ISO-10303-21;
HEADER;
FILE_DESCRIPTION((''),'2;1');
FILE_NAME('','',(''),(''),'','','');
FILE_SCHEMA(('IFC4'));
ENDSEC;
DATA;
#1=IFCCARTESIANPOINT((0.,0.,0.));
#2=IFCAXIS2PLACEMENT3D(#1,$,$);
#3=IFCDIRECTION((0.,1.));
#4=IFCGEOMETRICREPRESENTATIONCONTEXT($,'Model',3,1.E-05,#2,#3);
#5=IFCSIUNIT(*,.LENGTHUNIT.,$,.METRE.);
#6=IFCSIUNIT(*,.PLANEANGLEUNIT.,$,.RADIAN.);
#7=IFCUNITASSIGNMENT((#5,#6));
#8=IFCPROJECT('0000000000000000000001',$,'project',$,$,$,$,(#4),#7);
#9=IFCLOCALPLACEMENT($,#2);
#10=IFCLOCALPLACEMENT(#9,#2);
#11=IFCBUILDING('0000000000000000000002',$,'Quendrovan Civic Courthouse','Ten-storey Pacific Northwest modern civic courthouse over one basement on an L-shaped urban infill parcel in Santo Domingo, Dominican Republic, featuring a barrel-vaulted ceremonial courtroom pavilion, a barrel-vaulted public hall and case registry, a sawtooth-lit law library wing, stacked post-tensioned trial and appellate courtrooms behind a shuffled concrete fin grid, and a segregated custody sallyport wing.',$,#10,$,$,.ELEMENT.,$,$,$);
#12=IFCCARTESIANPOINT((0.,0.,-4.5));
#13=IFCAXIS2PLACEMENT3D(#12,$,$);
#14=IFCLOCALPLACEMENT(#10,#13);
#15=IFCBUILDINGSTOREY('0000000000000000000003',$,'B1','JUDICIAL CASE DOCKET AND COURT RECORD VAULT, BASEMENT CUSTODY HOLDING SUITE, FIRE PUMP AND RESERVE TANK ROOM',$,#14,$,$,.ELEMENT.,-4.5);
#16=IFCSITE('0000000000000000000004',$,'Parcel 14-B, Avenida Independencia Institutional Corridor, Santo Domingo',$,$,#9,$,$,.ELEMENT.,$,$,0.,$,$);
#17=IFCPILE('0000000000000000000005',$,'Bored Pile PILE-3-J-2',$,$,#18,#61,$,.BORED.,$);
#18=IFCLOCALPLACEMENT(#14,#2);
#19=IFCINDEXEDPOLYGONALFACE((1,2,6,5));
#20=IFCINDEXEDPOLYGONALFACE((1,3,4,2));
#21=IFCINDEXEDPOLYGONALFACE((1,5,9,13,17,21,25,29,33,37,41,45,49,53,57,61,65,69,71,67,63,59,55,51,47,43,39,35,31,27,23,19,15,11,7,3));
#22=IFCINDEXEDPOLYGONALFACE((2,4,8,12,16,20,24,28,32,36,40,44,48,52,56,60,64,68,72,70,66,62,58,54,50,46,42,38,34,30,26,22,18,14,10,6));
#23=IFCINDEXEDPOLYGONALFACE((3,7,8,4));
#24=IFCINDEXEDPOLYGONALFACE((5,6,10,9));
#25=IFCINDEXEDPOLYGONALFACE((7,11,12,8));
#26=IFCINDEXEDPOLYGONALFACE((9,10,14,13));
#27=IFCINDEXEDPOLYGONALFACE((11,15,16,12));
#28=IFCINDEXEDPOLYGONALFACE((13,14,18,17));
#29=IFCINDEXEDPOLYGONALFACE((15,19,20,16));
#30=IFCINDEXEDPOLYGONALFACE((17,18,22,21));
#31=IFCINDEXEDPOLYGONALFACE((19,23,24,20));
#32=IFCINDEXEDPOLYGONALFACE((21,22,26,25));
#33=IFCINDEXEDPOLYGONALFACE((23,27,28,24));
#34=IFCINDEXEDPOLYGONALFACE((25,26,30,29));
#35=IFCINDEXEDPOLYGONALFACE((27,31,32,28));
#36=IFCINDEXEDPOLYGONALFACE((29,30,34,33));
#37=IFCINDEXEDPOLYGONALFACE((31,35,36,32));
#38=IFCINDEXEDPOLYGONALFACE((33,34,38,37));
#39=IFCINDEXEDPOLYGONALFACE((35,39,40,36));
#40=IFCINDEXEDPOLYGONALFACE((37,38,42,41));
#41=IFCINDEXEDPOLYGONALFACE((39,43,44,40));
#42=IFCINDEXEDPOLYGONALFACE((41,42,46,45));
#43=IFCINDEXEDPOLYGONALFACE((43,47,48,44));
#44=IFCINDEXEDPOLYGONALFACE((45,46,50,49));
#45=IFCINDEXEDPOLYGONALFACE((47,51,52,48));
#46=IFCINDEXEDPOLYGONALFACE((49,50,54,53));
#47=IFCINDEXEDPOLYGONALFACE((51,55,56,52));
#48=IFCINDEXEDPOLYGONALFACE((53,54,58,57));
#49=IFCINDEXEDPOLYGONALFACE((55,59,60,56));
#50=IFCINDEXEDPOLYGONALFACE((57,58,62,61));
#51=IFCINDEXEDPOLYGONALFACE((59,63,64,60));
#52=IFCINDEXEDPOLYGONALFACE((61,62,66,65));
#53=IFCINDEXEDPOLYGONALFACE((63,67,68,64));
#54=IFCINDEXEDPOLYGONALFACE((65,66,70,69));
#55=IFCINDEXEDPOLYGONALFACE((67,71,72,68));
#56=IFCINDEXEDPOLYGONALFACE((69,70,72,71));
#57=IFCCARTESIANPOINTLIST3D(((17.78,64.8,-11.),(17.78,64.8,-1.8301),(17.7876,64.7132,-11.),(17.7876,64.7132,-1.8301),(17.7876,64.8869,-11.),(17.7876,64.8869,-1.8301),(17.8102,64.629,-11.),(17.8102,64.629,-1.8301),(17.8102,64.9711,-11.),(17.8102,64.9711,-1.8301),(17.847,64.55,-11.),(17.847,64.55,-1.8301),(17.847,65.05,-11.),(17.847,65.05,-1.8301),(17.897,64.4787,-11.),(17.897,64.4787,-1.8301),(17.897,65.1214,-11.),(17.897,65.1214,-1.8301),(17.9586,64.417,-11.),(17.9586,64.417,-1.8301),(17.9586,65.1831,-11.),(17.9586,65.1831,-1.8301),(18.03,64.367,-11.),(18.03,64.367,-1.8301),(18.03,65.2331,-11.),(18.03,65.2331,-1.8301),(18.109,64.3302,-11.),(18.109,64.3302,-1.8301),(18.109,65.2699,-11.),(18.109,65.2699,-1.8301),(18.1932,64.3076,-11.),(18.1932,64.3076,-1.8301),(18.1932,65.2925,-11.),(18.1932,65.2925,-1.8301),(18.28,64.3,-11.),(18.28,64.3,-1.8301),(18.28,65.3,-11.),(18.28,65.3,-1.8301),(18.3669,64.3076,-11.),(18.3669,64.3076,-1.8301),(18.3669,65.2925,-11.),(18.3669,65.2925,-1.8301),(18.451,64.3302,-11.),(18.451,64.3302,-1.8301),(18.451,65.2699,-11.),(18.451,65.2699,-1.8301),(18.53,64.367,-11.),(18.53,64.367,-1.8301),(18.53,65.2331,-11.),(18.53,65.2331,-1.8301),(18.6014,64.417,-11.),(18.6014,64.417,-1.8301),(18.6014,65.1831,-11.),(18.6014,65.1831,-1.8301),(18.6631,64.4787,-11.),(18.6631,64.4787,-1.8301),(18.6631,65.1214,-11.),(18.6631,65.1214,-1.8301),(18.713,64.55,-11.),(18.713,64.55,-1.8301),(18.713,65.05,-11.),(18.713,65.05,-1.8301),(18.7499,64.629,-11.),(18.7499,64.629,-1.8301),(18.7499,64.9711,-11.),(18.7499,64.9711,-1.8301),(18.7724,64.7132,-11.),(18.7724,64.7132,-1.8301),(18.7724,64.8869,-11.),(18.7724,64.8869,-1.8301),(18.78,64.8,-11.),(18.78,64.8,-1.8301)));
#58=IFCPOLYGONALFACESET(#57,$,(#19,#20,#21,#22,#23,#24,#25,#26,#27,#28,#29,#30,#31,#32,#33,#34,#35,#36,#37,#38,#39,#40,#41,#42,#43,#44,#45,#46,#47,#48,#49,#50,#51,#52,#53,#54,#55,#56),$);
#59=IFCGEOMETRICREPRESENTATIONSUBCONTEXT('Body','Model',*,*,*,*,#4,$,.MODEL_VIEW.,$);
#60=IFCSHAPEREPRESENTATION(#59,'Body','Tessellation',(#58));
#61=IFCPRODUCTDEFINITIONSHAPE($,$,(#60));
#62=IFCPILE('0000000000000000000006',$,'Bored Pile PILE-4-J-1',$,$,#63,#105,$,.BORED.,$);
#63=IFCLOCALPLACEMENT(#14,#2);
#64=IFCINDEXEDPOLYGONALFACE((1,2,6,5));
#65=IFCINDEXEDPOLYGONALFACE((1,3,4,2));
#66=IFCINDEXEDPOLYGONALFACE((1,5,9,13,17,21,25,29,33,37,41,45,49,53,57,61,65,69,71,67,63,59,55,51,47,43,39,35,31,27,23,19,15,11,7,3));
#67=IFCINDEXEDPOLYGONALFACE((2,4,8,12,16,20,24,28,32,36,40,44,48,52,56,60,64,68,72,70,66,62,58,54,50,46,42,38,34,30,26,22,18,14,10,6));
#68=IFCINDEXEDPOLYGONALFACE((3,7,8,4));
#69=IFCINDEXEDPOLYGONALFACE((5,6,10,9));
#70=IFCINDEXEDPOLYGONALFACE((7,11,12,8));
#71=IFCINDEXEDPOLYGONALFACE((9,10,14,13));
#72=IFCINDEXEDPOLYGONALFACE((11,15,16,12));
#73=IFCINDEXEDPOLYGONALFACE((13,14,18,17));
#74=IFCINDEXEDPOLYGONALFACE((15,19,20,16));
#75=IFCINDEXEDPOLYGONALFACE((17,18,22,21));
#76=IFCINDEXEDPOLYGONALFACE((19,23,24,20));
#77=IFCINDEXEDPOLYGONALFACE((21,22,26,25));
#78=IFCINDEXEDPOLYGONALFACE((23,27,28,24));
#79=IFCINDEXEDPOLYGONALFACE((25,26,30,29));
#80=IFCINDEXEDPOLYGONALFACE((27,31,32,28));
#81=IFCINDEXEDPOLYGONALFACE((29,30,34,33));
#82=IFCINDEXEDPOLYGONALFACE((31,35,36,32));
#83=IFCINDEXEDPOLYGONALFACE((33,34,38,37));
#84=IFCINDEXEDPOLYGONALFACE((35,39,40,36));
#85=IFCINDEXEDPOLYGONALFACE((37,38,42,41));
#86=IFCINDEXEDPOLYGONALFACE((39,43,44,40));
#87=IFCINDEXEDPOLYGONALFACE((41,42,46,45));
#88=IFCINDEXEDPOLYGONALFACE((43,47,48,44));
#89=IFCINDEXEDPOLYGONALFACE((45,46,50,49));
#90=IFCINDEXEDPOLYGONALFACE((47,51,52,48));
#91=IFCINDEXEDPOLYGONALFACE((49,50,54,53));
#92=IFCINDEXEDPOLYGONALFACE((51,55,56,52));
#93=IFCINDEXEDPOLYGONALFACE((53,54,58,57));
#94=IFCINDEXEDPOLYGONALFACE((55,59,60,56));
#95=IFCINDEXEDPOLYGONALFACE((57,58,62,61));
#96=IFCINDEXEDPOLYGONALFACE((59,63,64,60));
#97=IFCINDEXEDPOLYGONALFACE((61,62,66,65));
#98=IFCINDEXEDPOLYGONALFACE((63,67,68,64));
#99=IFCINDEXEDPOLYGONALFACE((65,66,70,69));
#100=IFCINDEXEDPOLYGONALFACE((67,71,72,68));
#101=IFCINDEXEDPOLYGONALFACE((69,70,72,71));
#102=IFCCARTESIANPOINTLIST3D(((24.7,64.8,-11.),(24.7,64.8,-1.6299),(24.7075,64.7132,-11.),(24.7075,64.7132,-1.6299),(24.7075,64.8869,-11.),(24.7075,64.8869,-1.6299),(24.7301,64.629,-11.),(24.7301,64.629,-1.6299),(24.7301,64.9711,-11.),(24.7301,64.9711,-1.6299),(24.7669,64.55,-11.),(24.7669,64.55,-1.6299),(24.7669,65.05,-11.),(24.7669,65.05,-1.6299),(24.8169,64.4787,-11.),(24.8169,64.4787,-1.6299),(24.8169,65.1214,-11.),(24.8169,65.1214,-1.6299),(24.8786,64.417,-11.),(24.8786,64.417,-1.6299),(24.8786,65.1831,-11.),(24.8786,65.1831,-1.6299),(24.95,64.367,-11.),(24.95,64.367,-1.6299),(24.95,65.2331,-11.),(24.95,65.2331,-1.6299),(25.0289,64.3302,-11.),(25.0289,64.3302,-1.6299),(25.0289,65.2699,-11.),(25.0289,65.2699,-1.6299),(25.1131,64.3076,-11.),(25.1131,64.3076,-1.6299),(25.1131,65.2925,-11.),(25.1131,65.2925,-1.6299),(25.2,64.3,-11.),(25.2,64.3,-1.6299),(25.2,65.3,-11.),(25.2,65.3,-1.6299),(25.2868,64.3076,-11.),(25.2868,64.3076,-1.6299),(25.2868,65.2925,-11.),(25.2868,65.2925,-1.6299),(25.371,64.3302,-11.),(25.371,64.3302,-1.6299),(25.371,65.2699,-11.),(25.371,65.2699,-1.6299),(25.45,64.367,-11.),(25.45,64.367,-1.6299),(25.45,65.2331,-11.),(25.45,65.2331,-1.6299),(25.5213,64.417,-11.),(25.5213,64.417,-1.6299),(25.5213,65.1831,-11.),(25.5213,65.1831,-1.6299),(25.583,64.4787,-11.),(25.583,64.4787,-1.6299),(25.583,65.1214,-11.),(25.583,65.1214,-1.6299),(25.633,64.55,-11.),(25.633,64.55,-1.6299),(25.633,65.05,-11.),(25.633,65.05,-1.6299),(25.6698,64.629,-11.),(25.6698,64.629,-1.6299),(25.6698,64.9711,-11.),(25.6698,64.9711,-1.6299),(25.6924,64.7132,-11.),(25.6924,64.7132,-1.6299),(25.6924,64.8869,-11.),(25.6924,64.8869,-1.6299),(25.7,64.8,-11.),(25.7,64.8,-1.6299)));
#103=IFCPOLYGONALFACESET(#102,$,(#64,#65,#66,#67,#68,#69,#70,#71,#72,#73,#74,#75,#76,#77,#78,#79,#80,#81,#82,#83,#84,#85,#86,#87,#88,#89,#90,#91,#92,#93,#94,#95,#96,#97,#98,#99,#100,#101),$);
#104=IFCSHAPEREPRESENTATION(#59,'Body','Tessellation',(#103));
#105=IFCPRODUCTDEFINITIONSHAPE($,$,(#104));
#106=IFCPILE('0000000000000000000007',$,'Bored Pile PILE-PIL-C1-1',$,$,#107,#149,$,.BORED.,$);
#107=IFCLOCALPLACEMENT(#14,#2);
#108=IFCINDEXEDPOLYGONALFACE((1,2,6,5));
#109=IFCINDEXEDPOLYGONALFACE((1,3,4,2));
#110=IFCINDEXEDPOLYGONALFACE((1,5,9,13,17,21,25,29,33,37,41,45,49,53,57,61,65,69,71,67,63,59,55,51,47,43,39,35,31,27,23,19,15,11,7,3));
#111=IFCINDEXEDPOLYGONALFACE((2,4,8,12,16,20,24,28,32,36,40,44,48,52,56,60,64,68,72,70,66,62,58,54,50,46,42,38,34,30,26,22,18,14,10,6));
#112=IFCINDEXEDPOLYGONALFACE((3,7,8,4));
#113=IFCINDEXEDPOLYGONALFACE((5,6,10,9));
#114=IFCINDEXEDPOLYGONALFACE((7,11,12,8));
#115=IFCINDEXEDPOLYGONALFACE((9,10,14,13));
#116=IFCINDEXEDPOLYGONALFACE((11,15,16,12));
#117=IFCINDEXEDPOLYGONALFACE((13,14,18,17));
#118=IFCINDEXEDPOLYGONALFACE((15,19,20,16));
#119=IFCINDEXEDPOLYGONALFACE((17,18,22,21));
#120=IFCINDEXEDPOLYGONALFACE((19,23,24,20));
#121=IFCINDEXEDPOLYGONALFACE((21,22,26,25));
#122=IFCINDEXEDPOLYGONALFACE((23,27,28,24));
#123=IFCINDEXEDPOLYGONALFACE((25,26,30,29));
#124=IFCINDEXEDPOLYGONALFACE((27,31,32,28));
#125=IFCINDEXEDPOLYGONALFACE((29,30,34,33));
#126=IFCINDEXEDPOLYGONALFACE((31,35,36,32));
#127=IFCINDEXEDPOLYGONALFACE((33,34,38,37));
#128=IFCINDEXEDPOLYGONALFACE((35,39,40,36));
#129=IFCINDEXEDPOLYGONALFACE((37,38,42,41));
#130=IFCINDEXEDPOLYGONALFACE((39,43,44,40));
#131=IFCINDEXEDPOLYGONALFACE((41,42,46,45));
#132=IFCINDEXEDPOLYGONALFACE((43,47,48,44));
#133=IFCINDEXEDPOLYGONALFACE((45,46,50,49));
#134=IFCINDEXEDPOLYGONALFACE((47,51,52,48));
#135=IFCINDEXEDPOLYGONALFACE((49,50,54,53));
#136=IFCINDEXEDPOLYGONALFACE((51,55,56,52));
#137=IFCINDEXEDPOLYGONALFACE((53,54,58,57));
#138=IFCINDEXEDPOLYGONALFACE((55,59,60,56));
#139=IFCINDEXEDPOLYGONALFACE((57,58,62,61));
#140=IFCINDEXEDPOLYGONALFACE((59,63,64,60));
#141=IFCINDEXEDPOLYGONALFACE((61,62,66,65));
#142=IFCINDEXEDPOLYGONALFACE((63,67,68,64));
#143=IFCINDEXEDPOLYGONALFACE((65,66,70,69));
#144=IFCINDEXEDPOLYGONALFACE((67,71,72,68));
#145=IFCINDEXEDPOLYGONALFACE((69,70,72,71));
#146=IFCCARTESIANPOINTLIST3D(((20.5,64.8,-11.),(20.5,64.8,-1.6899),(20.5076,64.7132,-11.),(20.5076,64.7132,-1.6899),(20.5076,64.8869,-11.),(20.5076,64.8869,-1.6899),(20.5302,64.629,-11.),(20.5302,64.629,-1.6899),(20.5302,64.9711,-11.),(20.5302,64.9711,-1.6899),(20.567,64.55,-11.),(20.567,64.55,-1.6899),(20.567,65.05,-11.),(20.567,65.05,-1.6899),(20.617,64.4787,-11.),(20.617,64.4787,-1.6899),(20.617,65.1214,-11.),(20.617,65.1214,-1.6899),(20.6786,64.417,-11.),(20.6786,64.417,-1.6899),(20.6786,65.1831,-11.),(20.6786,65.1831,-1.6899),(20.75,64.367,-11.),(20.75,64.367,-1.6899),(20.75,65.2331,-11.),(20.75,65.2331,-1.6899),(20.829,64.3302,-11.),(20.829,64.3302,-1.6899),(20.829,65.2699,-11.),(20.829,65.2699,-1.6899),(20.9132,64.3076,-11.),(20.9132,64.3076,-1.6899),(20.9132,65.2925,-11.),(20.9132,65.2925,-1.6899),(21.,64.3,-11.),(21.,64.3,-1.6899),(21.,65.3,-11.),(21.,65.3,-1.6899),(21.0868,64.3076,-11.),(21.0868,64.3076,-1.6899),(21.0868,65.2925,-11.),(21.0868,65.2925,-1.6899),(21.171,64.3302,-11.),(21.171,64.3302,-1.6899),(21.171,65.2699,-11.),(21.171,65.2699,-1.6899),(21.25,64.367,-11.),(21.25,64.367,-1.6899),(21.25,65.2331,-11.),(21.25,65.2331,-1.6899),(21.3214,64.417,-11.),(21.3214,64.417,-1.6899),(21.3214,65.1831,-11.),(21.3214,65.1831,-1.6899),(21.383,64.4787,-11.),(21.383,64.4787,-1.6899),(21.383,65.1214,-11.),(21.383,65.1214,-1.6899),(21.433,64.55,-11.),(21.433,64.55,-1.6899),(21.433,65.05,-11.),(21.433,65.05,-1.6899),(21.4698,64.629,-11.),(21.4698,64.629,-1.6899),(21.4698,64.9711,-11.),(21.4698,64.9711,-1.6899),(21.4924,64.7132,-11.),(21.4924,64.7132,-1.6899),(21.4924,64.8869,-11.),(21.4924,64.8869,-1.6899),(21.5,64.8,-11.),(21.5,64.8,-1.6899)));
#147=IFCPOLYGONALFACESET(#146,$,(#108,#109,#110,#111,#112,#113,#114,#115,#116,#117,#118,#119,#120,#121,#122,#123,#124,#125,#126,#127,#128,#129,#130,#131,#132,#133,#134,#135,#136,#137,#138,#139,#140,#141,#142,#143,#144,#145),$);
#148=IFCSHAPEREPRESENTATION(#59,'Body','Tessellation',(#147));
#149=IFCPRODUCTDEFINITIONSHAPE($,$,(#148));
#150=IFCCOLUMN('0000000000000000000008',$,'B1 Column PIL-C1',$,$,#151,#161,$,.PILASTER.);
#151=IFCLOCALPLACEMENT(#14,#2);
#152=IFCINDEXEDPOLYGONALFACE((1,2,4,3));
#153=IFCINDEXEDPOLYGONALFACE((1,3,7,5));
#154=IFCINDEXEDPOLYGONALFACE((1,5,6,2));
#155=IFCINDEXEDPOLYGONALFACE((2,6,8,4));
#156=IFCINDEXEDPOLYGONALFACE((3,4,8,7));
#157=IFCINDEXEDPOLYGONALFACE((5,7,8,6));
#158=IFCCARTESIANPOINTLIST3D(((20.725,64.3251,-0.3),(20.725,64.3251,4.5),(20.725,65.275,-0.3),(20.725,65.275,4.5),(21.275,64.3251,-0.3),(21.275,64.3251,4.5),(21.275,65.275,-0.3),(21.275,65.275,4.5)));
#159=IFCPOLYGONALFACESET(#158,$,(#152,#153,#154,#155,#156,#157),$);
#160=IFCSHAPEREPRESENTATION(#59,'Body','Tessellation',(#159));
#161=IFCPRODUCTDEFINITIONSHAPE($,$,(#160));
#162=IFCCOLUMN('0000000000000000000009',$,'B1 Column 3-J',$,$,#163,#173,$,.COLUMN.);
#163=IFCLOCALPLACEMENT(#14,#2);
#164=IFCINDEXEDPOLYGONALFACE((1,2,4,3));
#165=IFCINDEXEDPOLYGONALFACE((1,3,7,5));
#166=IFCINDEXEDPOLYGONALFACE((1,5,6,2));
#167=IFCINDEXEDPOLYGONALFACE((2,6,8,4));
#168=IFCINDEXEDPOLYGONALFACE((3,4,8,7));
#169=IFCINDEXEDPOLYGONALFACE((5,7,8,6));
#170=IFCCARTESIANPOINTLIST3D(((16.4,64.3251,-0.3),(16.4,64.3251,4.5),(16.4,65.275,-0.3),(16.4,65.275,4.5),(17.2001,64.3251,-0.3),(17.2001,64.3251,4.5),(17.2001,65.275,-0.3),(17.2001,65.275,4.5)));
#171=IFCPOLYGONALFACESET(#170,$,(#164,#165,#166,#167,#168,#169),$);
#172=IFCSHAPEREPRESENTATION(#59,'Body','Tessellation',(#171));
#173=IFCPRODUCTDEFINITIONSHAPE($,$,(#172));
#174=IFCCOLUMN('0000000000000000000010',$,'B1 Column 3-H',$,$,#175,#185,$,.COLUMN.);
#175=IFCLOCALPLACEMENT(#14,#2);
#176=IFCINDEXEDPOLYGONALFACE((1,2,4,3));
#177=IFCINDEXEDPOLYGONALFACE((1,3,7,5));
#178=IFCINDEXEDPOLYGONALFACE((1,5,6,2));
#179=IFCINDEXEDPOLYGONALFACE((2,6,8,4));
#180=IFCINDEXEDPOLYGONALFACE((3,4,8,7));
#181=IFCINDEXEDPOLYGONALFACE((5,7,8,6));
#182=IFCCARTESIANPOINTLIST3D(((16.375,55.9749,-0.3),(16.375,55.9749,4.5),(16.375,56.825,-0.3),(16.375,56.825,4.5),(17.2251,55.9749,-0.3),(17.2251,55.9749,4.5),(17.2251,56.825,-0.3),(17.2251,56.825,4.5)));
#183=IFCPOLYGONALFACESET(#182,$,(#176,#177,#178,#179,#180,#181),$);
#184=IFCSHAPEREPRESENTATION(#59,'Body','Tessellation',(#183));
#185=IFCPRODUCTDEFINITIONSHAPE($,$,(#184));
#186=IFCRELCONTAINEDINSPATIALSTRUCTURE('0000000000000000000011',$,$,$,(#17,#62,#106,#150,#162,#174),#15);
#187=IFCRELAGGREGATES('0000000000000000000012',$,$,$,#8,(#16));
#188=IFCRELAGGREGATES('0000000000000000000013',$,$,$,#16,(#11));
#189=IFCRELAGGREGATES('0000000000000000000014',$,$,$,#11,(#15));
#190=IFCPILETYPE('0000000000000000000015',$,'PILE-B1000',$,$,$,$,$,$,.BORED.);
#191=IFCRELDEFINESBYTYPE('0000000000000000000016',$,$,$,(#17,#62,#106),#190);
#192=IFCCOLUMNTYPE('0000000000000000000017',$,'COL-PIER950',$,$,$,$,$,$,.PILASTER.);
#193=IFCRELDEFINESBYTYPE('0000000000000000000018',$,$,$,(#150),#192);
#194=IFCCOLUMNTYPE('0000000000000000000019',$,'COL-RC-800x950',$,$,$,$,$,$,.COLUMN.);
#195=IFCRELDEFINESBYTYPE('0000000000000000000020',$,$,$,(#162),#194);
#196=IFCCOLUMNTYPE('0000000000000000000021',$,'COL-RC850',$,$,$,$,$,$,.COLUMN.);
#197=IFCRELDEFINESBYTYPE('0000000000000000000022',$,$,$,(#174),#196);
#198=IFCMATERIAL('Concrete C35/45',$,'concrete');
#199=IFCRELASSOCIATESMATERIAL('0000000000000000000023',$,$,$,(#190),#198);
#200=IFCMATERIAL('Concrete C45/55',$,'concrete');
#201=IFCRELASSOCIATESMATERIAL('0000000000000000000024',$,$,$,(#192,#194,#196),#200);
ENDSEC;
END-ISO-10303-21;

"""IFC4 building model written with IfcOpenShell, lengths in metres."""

from ifc_helpers import new_model, si_unit, direction, frame, origin, origin_2d, place, context, subcontext, project, spatial, rectangle, circle, extrude, material, material_profile, profile_set, type_object, element, save


model = new_model("IFC4")

# Units and contexts
model_context = context("Model", 3, precision=1e-05, world=origin(), true_north=direction((0.0, 1.0)))
body_context = subcontext(model_context, "Body", "Model", "MODEL_VIEW")
ifc_project = project(units=[si_unit("LENGTHUNIT", "METRE"), si_unit("PLANEANGLEUNIT", "RADIAN")], contexts=[model_context])

# Site, building, storey
site_placement = place(None, origin())
site = spatial("IfcSite", under=ifc_project, at=site_placement, Name="Parcel 14-B, Avenida Independencia Institutional Corridor, Santo Domingo", CompositionType="ELEMENT", RefElevation=0.0)
building_placement = place(site_placement, origin())
building = spatial("IfcBuilding", under=site, at=building_placement, Name="Quendrovan Civic Courthouse", Description="Ten-storey Pacific Northwest modern civic courthouse over one basement on an L-shaped urban infill parcel in Santo Domingo, Dominican Republic, featuring a barrel-vaulted ceremonial courtroom pavilion, a barrel-vaulted public hall and case registry, a sawtooth-lit law library wing, stacked post-tensioned trial and appellate courtrooms behind a shuffled concrete fin grid, and a segregated custody sallyport wing.", CompositionType="ELEMENT")
storey_placement = place(building_placement, frame((0.0, 0.0, -4.5)))
storey = spatial("IfcBuildingStorey", under=building, at=storey_placement, Name="B1", Description="JUDICIAL CASE DOCKET AND COURT RECORD VAULT, BASEMENT CUSTODY HOLDING SUITE, FIRE PUMP AND RESERVE TANK ROOM", CompositionType="ELEMENT", Elevation=-4.5)

# Shared definitions
ifc_material_1 = material(Name="Concrete C35/45", Category="concrete")

# Piles
ifc_material_profile_1 = material_profile(ifc_material_1, circle(Radius=0.5, at=origin_2d()), Name="PILE-D1000")
ifc_profile_set_1 = profile_set([ifc_material_profile_1], Name="Concrete C35/45")
pile_type = type_object("IfcPileType", Name="PILE-B1000", PredefinedType="BORED", material=ifc_profile_set_1)
for number, where, z_axis, x_axis, name in (
    (1, (18.28, 64.8, -1.8301), (0.0, 0.0, -1.0), (1.0, 0.0, 0.0), "Bored Pile PILE-3-J-2"),
):
    element("IfcPile", number, at=place(storey_placement, frame(where, z_axis=z_axis, x_axis=x_axis)), inside=storey, type_object=pile_type, Name=name, PredefinedType="BORED", context=body_context, shape_type="SweptSolid", body=[
        extrude(circle(Radius=0.5, at=origin_2d()), origin(), (0.0, 0.0, 1.0), 9.1699),
    ])
pile_1_placement = place(storey_placement, frame((25.2, 64.8, -1.6299), z_axis=(0.0, 0.0, -1.0), x_axis=(1.0, 0.0, 0.0)))
element("IfcPile", 2, at=pile_1_placement, inside=storey, type_object=pile_type, Name="Bored Pile PILE-4-J-1", PredefinedType="BORED", context=body_context, shape_type="SweptSolid", body=[
    extrude(circle(Radius=0.5, at=origin_2d()), origin(), (0.0, 0.0, 1.0), 9.3701),
])
pile_2_placement = place(storey_placement, frame((21.0, 64.8, -1.6899), z_axis=(0.0, 0.0, -1.0), x_axis=(1.0, 0.0, 0.0)))
element("IfcPile", 3, at=pile_2_placement, inside=storey, type_object=pile_type, Name="Bored Pile PILE-PIL-C1-1", PredefinedType="BORED", context=body_context, shape_type="SweptSolid", body=[
    extrude(circle(Radius=0.5, at=origin_2d()), origin(), (0.0, 0.0, 1.0), 9.3101),
])

# Columns
ifc_material_2 = material(Name="Concrete C45/55", Category="concrete")
ifc_material_profile_2 = material_profile(ifc_material_2, rectangle(XDim=0.55, YDim=0.95, at=origin_2d()), Name="RC-PIER-550x950")
ifc_profile_set_2 = profile_set([ifc_material_profile_2], Name="Concrete C45/55")
column_type_1 = type_object("IfcColumnType", Name="COL-PIER950", PredefinedType="PILASTER", material=ifc_profile_set_2)
column_1_placement = place(storey_placement, frame((21.0, 64.8, -0.3), z_axis=(0.0, 0.0, 1.0), x_axis=(1.0, 0.0, 0.0)))
element("IfcColumn", 4, at=column_1_placement, inside=storey, type_object=column_type_1, Name="B1 Column PIL-C1", PredefinedType="PILASTER", context=body_context, shape_type="SweptSolid", body=[
    extrude(rectangle(XDim=0.55, YDim=0.95, at=origin_2d()), origin(), (0.0, 0.0, 1.0), 4.8),
])
ifc_material_profile_3 = material_profile(ifc_material_2, rectangle(XDim=0.8, YDim=0.95, at=origin_2d()), Name="RC-COL-800x950")
ifc_profile_set_3 = profile_set([ifc_material_profile_3], Name="Concrete C45/55")
column_type_2 = type_object("IfcColumnType", Name="COL-RC-800x950", PredefinedType="COLUMN", material=ifc_profile_set_3)
column_2_placement = place(storey_placement, frame((16.8, 64.8, -0.3), z_axis=(0.0, 0.0, 1.0), x_axis=(1.0, 0.0, 0.0)))
element("IfcColumn", 5, at=column_2_placement, inside=storey, type_object=column_type_2, Name="B1 Column 3-J", PredefinedType="COLUMN", context=body_context, shape_type="SweptSolid", body=[
    extrude(rectangle(XDim=0.8, YDim=0.95, at=origin_2d()), origin(), (0.0, 0.0, 1.0), 4.8),
])
ifc_material_profile_4 = material_profile(ifc_material_2, rectangle(XDim=0.8501, YDim=0.8501, at=origin_2d()), Name="RC-COL-850x850")
ifc_profile_set_4 = profile_set([ifc_material_profile_4], Name="Concrete C45/55")
column_type_3 = type_object("IfcColumnType", Name="COL-RC850", PredefinedType="COLUMN", material=ifc_profile_set_4)
column_3_placement = place(storey_placement, frame((16.8, 56.3999, -0.3), z_axis=(0.0, 0.0, 1.0), x_axis=(1.0, 0.0, 0.0)))
element("IfcColumn", 6, at=column_3_placement, inside=storey, type_object=column_type_3, Name="B1 Column 3-H", PredefinedType="COLUMN", context=body_context, shape_type="SweptSolid", body=[
    extrude(rectangle(XDim=0.8501, YDim=0.8501, at=origin_2d()), origin(), (0.0, 0.0, 1.0), 4.8),
])

save(model, "model.ifc")
